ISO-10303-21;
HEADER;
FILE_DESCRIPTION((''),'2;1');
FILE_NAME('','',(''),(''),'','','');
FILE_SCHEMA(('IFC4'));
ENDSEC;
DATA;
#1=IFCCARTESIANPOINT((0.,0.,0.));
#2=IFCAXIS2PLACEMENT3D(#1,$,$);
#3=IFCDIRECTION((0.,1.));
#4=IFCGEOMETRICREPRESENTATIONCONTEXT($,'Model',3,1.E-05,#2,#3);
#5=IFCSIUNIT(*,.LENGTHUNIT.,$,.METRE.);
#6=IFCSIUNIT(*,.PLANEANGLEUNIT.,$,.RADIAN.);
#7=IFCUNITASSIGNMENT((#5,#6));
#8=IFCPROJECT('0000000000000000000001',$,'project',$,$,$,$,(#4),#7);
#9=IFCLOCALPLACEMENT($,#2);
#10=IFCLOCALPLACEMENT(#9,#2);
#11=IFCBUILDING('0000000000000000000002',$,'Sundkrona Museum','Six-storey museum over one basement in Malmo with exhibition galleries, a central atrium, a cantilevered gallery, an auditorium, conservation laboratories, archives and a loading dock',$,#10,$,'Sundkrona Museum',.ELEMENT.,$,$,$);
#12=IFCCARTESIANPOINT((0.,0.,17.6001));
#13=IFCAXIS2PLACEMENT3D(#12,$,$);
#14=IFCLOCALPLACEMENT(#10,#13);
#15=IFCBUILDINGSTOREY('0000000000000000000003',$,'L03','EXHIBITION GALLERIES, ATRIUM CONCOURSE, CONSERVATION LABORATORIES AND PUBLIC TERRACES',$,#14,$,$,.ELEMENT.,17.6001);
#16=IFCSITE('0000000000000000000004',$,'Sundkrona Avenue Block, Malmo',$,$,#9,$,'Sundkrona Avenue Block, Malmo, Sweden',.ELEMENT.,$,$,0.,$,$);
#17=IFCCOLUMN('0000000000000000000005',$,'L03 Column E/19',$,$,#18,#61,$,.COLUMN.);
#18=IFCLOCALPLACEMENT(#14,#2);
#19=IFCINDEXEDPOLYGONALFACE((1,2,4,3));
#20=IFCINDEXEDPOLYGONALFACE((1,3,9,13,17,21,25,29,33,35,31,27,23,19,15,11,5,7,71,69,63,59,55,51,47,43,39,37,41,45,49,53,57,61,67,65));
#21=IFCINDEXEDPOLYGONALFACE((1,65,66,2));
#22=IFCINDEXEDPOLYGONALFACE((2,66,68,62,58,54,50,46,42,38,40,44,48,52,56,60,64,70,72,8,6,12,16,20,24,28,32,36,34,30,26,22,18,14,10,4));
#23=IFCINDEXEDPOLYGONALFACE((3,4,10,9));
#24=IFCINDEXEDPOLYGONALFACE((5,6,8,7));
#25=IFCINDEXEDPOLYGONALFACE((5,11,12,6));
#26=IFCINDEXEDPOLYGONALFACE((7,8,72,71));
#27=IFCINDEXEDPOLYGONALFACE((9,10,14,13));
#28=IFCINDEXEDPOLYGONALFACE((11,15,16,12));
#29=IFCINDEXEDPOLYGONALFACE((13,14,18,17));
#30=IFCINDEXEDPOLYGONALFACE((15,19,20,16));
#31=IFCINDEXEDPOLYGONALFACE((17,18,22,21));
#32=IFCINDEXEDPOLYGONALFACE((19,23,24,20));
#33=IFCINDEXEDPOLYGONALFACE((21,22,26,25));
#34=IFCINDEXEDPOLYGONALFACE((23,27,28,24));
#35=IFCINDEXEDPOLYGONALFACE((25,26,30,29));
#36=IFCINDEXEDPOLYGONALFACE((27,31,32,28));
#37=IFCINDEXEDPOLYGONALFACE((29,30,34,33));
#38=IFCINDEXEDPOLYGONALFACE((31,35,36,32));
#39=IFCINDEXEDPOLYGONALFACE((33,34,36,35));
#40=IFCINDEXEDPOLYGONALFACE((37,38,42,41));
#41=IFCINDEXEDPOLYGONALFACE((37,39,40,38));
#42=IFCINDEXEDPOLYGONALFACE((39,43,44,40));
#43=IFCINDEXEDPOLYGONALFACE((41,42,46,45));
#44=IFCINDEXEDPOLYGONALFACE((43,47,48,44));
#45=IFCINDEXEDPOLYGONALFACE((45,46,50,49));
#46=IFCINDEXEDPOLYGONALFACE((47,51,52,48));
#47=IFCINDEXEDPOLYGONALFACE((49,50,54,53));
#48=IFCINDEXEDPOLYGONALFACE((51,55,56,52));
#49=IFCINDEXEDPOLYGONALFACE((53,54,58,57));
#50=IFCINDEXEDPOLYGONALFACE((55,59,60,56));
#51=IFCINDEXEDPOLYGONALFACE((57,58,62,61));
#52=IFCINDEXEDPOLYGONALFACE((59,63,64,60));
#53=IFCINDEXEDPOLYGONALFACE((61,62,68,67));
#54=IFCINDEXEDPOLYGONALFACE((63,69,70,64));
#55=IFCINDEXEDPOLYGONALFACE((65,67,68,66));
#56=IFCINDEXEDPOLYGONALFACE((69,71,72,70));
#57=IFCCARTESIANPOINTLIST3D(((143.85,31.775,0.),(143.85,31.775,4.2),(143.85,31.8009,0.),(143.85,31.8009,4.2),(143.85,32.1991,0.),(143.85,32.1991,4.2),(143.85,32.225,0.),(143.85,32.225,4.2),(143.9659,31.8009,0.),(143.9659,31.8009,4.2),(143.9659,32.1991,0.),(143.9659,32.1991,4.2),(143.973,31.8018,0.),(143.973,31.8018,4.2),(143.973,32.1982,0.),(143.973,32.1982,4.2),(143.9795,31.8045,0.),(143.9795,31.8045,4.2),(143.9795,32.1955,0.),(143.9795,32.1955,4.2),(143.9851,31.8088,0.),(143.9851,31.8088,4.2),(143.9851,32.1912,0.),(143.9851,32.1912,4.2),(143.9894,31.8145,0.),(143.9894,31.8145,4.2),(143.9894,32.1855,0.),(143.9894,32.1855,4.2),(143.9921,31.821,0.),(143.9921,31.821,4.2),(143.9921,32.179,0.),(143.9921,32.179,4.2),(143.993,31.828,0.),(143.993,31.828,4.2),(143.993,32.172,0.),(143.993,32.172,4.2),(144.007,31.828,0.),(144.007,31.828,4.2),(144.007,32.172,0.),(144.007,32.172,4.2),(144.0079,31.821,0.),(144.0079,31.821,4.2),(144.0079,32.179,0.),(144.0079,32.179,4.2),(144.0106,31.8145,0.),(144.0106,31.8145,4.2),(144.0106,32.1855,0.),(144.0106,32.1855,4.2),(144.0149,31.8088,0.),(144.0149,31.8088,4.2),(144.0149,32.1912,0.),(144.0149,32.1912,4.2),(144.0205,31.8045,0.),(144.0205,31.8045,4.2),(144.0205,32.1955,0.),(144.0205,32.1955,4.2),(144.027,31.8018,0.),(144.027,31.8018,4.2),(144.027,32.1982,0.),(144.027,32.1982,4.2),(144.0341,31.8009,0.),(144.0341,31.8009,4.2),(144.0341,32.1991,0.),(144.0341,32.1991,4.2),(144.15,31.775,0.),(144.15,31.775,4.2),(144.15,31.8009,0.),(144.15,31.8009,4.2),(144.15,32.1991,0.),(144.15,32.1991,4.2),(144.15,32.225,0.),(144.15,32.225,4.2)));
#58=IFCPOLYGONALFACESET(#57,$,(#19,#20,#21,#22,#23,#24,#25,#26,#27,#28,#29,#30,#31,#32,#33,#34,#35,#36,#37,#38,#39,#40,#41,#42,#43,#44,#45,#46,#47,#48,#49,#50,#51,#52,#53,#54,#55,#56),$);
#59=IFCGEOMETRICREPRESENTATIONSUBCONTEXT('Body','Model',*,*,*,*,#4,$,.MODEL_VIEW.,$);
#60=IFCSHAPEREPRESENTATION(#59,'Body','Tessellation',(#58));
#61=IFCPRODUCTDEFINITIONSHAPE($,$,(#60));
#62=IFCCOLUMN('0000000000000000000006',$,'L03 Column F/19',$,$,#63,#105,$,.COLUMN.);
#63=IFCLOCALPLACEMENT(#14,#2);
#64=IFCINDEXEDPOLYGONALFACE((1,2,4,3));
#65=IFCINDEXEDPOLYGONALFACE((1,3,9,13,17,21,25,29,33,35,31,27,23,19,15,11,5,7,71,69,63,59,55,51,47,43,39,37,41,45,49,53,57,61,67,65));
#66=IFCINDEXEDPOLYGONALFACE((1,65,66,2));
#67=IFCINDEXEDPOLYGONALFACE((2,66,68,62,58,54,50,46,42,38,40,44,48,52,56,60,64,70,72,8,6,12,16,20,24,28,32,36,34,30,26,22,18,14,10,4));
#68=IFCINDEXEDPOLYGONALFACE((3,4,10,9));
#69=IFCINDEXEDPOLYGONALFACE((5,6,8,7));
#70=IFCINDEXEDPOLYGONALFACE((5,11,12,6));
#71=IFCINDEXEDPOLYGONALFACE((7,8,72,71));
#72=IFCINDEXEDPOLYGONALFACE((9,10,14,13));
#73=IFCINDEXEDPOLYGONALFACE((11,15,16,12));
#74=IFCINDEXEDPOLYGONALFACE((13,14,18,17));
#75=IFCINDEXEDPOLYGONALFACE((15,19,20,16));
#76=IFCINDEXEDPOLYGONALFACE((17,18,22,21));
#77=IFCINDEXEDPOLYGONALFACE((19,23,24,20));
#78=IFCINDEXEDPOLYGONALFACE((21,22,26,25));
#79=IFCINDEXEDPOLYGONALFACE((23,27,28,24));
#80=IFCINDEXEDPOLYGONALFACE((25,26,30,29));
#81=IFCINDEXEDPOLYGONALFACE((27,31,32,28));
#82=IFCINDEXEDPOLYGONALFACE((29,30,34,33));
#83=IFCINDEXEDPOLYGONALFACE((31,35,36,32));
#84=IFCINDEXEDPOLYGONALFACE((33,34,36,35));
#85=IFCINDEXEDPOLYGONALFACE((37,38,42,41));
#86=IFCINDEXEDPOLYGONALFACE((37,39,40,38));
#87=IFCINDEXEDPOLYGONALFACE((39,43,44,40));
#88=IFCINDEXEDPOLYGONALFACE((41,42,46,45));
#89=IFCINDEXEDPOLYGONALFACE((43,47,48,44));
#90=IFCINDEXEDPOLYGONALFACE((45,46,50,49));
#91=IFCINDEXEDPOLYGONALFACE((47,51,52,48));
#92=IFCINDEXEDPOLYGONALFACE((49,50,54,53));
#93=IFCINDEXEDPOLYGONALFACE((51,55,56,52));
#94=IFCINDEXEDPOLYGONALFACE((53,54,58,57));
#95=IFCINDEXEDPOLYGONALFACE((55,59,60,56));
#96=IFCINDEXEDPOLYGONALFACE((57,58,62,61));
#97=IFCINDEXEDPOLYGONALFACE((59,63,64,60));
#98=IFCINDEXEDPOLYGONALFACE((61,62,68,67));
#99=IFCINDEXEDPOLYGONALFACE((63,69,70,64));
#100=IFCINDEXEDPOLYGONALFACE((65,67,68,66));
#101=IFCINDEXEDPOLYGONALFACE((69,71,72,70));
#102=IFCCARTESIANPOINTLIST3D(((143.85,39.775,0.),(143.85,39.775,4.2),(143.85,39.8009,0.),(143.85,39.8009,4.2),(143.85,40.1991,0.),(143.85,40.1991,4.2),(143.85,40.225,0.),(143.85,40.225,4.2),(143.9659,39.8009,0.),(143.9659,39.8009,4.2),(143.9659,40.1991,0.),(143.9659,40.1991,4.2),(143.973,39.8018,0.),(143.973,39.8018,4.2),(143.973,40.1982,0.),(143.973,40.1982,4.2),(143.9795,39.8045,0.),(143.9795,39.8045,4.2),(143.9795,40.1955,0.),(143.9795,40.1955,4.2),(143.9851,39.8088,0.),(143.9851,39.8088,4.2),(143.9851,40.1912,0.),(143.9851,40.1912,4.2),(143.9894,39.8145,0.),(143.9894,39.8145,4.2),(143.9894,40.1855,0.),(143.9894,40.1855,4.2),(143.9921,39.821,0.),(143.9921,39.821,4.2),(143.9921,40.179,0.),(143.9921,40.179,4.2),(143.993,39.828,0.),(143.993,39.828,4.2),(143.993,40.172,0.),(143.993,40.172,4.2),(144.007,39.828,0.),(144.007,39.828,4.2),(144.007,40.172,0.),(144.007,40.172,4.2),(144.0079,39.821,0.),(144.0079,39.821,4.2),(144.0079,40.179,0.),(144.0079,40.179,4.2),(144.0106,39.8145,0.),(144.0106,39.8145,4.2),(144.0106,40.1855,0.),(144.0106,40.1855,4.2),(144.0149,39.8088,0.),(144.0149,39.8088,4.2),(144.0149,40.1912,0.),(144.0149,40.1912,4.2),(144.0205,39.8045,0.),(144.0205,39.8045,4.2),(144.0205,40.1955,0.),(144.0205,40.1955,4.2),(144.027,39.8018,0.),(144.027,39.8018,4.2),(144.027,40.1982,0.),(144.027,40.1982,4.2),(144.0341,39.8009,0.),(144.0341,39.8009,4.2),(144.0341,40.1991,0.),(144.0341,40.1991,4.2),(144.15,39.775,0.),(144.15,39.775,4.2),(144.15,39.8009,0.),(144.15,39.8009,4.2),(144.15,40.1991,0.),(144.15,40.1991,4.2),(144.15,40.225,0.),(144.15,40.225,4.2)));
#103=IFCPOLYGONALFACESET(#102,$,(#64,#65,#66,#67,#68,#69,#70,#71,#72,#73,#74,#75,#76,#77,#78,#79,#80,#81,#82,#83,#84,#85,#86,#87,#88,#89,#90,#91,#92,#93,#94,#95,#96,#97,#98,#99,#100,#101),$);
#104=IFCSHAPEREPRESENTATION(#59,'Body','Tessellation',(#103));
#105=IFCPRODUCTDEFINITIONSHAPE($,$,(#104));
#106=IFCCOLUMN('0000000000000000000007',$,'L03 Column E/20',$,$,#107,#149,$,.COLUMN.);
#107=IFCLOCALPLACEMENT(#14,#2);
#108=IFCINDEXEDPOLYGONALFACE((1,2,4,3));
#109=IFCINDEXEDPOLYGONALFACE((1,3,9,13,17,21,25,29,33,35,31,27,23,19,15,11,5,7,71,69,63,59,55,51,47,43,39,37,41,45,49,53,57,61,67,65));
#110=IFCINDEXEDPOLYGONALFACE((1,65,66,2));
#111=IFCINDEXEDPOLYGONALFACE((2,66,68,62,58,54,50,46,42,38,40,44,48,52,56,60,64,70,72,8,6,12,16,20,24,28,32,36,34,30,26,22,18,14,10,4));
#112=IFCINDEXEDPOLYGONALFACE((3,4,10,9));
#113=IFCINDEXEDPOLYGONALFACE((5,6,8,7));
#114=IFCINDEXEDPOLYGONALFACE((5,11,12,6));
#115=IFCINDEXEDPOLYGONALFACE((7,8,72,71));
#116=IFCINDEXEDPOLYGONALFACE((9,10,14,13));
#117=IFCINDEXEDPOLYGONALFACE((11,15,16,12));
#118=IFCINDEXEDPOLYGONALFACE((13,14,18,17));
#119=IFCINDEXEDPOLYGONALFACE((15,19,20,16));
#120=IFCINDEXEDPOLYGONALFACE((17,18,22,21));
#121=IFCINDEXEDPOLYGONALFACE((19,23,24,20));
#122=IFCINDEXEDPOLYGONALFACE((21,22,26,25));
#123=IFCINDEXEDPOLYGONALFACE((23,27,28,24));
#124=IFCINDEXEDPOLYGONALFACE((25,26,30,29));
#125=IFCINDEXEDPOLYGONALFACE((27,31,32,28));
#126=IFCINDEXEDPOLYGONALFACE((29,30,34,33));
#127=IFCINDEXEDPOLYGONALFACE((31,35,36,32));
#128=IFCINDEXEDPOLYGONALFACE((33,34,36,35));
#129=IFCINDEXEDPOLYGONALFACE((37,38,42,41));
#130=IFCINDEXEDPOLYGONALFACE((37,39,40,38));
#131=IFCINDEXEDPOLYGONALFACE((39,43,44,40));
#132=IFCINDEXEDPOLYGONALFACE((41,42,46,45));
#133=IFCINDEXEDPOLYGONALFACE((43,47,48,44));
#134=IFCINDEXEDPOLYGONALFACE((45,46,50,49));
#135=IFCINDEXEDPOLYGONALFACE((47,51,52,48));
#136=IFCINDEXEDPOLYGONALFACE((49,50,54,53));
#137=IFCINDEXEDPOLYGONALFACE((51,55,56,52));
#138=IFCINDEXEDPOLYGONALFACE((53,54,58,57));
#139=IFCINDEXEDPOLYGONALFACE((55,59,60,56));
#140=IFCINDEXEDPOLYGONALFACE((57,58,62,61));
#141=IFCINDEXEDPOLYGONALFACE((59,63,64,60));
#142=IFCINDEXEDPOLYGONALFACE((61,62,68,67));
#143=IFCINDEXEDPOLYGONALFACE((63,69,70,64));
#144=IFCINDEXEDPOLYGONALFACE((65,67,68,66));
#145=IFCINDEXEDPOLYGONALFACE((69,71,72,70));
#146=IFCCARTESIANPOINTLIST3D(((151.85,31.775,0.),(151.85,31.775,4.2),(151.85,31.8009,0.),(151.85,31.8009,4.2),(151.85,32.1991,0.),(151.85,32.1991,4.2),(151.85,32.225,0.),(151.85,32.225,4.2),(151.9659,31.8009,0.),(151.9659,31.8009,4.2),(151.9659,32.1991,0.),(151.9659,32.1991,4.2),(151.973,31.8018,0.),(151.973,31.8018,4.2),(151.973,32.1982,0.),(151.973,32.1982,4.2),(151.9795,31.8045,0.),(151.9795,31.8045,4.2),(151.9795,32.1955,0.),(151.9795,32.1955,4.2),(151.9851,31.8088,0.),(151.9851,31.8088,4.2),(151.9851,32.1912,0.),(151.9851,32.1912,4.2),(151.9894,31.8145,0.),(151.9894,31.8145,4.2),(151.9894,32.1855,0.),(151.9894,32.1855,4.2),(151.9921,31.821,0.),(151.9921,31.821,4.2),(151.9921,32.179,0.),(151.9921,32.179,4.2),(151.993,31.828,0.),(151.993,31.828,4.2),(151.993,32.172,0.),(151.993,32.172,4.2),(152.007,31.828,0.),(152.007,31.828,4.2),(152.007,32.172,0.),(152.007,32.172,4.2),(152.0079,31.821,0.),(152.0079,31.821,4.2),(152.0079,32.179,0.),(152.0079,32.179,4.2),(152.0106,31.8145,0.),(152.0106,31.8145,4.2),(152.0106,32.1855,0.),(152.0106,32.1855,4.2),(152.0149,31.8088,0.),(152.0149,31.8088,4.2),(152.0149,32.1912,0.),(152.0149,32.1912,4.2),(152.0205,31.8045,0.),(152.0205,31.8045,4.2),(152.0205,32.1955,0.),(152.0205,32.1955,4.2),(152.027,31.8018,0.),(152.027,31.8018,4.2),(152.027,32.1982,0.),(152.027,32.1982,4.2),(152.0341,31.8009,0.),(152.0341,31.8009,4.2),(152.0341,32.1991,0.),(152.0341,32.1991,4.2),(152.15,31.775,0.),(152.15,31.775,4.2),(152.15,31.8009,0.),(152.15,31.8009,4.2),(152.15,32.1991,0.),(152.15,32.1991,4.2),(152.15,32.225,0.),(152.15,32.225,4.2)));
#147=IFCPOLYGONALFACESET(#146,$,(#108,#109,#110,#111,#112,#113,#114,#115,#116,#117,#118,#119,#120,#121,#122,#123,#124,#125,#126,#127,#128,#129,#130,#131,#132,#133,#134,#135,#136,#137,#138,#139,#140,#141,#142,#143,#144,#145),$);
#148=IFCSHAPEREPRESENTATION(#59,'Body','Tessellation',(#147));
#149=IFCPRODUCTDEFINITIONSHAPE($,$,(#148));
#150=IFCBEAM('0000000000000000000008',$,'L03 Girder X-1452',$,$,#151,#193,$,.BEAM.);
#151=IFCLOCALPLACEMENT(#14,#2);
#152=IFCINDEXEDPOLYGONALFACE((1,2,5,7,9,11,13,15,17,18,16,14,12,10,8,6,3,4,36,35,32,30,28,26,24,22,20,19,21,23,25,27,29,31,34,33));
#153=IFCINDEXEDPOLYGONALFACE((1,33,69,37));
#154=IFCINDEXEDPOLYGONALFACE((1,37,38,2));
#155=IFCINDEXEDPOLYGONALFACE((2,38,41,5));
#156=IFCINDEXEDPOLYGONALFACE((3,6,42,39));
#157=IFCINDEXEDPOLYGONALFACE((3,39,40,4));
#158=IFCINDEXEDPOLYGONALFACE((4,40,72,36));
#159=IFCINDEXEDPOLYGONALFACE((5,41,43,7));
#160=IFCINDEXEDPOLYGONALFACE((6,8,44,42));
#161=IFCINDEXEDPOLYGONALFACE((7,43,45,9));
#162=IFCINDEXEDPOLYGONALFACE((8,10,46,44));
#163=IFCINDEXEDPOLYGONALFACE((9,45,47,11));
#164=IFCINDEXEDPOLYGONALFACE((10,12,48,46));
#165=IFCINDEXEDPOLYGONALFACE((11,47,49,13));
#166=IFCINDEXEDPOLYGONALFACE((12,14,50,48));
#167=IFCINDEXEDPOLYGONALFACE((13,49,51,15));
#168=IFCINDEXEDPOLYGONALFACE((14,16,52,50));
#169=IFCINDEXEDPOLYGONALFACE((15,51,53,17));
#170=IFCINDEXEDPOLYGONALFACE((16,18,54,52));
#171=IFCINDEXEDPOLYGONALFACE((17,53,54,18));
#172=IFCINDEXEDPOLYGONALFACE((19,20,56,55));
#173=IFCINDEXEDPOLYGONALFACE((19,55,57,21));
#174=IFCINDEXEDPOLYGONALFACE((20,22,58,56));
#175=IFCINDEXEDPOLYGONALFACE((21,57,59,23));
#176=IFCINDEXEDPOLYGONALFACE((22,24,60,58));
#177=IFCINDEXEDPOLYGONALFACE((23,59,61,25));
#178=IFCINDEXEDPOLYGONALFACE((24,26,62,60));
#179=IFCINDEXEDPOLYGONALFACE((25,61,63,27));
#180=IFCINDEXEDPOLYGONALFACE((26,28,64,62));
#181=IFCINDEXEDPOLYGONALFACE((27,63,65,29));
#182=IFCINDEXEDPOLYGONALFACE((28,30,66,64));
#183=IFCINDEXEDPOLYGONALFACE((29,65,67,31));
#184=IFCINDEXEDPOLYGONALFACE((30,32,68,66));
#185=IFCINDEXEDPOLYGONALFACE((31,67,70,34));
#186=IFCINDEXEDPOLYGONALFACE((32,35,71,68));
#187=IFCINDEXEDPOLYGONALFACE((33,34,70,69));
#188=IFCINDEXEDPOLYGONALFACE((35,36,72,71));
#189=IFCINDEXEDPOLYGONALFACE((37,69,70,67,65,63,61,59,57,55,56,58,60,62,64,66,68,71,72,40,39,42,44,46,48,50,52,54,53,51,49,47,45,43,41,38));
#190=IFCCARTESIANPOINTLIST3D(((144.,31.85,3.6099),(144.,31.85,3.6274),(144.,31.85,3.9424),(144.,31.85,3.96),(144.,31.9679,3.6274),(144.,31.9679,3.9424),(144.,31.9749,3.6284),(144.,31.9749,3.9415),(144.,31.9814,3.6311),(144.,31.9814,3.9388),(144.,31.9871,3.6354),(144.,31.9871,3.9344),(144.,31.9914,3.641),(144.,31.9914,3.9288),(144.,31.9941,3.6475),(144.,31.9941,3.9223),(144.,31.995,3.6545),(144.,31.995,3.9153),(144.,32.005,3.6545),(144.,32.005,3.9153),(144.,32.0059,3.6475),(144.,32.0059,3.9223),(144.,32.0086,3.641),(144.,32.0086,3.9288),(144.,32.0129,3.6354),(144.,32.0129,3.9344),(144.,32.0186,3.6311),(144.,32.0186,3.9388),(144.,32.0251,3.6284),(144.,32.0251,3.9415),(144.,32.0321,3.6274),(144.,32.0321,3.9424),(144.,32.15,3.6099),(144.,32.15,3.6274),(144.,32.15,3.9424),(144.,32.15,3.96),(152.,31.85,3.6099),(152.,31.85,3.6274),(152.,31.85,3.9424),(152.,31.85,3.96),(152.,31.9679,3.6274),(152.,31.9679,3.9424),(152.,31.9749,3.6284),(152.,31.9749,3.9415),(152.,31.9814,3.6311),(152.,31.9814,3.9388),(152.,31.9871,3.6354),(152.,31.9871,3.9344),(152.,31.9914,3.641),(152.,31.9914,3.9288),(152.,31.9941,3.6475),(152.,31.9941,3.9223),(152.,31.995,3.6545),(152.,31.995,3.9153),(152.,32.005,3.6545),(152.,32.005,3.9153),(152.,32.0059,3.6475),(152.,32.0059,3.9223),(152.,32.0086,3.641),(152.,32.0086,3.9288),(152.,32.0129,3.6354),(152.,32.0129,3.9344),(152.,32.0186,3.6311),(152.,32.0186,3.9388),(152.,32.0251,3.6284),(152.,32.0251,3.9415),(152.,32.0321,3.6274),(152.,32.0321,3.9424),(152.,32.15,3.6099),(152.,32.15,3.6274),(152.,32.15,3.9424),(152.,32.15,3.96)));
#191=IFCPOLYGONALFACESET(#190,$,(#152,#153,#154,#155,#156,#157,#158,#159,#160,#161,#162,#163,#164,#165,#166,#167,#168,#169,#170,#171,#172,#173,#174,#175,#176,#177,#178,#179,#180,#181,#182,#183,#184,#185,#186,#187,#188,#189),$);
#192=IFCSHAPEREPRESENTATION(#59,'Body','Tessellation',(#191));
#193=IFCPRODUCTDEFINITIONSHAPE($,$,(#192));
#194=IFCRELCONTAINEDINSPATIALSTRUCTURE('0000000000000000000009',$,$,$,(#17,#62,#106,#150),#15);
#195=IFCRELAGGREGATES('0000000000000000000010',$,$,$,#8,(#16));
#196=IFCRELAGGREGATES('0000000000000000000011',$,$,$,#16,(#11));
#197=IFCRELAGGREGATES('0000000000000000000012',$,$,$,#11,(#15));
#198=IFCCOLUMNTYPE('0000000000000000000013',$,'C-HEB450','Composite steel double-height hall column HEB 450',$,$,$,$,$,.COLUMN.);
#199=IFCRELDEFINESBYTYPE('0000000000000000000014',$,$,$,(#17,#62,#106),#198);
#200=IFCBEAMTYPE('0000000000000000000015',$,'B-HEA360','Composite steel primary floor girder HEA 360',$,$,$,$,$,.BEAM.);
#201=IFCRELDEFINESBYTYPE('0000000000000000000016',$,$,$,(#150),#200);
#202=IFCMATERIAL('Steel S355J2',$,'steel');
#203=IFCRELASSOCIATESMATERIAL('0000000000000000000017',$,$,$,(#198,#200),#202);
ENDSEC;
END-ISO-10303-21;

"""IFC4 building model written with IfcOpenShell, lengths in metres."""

from ifc_helpers import new_model, si_unit, direction, frame, origin, origin_2d, place, context, subcontext, project, spatial, i_section, extrude, material, material_profile, profile_set, type_object, element, save


model = new_model("IFC4")

# Units and contexts
model_context = context("Model", 3, precision=1e-05, world=origin(), true_north=direction((0.0, 1.0)))
body_context = subcontext(model_context, "Body", "Model", "MODEL_VIEW")
ifc_project = project(units=[si_unit("LENGTHUNIT", "METRE"), si_unit("PLANEANGLEUNIT", "RADIAN")], contexts=[model_context])

# Site, building, storey
site_placement = place(None, origin())
site = spatial("IfcSite", under=ifc_project, at=site_placement, Name="Sundkrona Avenue Block, Malmo", LongName="Sundkrona Avenue Block, Malmo, Sweden", CompositionType="ELEMENT", RefElevation=0.0)
building_placement = place(site_placement, origin())
building = spatial("IfcBuilding", under=site, at=building_placement, Name="Sundkrona Museum", Description="Six-storey museum over one basement in Malmo with exhibition galleries, a central atrium, a cantilevered gallery, an auditorium, conservation laboratories, archives and a loading dock", LongName="Sundkrona Museum", CompositionType="ELEMENT")
storey_placement = place(building_placement, frame((0.0, 0.0, 17.6001)))
storey = spatial("IfcBuildingStorey", under=building, at=storey_placement, Name="L03", Description="EXHIBITION GALLERIES, ATRIUM CONCOURSE, CONSERVATION LABORATORIES AND PUBLIC TERRACES", CompositionType="ELEMENT", Elevation=17.6001)

# Columns
ifc_material_1 = material(Name="Steel S355J2", Category="steel")
ifc_material_profile_1 = material_profile(ifc_material_1, i_section(OverallWidth=0.3, OverallDepth=0.45, WebThickness=0.0139, FlangeThickness=0.0259, FilletRadius=0.0271, at=origin_2d()), Name="HEB 450")
ifc_profile_set_1 = profile_set([ifc_material_profile_1], Name="Steel S355J2")
column_type = type_object("IfcColumnType", Name="C-HEB450", Description="Composite steel double-height hall column HEB 450", PredefinedType="COLUMN", material=ifc_profile_set_1)
for number, where, z_axis, x_axis, name in (
    (1, (144.0, 32.0, 0.0), (0.0, 0.0, 1.0), (1.0, 0.0, 0.0), "L03 Column E/19"),
    (2, (144.0, 40.0, 0.0), (0.0, 0.0, 1.0), (1.0, 0.0, 0.0), "L03 Column F/19"),
    (3, (152.0, 32.0, 0.0), (0.0, 0.0, 1.0), (1.0, 0.0, 0.0), "L03 Column E/20"),
):
    element("IfcColumn", number, at=place(storey_placement, frame(where, z_axis=z_axis, x_axis=x_axis)), inside=storey, type_object=column_type, Name=name, PredefinedType="COLUMN", context=body_context, shape_type="SweptSolid", body=[
        extrude(i_section(OverallWidth=0.3, OverallDepth=0.45, WebThickness=0.0139, FlangeThickness=0.0259, FilletRadius=0.0271, at=origin_2d()), origin(), (0.0, 0.0, 1.0), 4.2),
    ])

# Beam
ifc_material_profile_2 = material_profile(ifc_material_1, i_section(OverallWidth=0.3, OverallDepth=0.3501, WebThickness=0.01, FlangeThickness=0.0176, FilletRadius=0.0271, at=origin_2d()), Name="HEA 360")
ifc_profile_set_2 = profile_set([ifc_material_profile_2], Name="Steel S355J2")
beam_type_1 = type_object("IfcBeamType", Name="B-HEA360", Description="Composite steel primary floor girder HEA 360", PredefinedType="BEAM", material=ifc_profile_set_2)
for number, where, z_axis, x_axis, name in (
    (4, (144.0, 32.0, 3.7849), (1.0, 0.0, 0.0), (0.0, 1.0, 0.0), "L03 Girder X-1452"),
):
    element("IfcBeam", number, at=place(storey_placement, frame(where, z_axis=z_axis, x_axis=x_axis)), inside=storey, type_object=beam_type_1, Name=name, PredefinedType="BEAM", context=body_context, shape_type="SweptSolid", body=[
        extrude(i_section(OverallWidth=0.3, OverallDepth=0.3501, WebThickness=0.01, FlangeThickness=0.0176, FilletRadius=0.0271, at=origin_2d()), origin(), (0.0, 0.0, 1.0), 8.0),
    ])

save(model, "model.ifc")
